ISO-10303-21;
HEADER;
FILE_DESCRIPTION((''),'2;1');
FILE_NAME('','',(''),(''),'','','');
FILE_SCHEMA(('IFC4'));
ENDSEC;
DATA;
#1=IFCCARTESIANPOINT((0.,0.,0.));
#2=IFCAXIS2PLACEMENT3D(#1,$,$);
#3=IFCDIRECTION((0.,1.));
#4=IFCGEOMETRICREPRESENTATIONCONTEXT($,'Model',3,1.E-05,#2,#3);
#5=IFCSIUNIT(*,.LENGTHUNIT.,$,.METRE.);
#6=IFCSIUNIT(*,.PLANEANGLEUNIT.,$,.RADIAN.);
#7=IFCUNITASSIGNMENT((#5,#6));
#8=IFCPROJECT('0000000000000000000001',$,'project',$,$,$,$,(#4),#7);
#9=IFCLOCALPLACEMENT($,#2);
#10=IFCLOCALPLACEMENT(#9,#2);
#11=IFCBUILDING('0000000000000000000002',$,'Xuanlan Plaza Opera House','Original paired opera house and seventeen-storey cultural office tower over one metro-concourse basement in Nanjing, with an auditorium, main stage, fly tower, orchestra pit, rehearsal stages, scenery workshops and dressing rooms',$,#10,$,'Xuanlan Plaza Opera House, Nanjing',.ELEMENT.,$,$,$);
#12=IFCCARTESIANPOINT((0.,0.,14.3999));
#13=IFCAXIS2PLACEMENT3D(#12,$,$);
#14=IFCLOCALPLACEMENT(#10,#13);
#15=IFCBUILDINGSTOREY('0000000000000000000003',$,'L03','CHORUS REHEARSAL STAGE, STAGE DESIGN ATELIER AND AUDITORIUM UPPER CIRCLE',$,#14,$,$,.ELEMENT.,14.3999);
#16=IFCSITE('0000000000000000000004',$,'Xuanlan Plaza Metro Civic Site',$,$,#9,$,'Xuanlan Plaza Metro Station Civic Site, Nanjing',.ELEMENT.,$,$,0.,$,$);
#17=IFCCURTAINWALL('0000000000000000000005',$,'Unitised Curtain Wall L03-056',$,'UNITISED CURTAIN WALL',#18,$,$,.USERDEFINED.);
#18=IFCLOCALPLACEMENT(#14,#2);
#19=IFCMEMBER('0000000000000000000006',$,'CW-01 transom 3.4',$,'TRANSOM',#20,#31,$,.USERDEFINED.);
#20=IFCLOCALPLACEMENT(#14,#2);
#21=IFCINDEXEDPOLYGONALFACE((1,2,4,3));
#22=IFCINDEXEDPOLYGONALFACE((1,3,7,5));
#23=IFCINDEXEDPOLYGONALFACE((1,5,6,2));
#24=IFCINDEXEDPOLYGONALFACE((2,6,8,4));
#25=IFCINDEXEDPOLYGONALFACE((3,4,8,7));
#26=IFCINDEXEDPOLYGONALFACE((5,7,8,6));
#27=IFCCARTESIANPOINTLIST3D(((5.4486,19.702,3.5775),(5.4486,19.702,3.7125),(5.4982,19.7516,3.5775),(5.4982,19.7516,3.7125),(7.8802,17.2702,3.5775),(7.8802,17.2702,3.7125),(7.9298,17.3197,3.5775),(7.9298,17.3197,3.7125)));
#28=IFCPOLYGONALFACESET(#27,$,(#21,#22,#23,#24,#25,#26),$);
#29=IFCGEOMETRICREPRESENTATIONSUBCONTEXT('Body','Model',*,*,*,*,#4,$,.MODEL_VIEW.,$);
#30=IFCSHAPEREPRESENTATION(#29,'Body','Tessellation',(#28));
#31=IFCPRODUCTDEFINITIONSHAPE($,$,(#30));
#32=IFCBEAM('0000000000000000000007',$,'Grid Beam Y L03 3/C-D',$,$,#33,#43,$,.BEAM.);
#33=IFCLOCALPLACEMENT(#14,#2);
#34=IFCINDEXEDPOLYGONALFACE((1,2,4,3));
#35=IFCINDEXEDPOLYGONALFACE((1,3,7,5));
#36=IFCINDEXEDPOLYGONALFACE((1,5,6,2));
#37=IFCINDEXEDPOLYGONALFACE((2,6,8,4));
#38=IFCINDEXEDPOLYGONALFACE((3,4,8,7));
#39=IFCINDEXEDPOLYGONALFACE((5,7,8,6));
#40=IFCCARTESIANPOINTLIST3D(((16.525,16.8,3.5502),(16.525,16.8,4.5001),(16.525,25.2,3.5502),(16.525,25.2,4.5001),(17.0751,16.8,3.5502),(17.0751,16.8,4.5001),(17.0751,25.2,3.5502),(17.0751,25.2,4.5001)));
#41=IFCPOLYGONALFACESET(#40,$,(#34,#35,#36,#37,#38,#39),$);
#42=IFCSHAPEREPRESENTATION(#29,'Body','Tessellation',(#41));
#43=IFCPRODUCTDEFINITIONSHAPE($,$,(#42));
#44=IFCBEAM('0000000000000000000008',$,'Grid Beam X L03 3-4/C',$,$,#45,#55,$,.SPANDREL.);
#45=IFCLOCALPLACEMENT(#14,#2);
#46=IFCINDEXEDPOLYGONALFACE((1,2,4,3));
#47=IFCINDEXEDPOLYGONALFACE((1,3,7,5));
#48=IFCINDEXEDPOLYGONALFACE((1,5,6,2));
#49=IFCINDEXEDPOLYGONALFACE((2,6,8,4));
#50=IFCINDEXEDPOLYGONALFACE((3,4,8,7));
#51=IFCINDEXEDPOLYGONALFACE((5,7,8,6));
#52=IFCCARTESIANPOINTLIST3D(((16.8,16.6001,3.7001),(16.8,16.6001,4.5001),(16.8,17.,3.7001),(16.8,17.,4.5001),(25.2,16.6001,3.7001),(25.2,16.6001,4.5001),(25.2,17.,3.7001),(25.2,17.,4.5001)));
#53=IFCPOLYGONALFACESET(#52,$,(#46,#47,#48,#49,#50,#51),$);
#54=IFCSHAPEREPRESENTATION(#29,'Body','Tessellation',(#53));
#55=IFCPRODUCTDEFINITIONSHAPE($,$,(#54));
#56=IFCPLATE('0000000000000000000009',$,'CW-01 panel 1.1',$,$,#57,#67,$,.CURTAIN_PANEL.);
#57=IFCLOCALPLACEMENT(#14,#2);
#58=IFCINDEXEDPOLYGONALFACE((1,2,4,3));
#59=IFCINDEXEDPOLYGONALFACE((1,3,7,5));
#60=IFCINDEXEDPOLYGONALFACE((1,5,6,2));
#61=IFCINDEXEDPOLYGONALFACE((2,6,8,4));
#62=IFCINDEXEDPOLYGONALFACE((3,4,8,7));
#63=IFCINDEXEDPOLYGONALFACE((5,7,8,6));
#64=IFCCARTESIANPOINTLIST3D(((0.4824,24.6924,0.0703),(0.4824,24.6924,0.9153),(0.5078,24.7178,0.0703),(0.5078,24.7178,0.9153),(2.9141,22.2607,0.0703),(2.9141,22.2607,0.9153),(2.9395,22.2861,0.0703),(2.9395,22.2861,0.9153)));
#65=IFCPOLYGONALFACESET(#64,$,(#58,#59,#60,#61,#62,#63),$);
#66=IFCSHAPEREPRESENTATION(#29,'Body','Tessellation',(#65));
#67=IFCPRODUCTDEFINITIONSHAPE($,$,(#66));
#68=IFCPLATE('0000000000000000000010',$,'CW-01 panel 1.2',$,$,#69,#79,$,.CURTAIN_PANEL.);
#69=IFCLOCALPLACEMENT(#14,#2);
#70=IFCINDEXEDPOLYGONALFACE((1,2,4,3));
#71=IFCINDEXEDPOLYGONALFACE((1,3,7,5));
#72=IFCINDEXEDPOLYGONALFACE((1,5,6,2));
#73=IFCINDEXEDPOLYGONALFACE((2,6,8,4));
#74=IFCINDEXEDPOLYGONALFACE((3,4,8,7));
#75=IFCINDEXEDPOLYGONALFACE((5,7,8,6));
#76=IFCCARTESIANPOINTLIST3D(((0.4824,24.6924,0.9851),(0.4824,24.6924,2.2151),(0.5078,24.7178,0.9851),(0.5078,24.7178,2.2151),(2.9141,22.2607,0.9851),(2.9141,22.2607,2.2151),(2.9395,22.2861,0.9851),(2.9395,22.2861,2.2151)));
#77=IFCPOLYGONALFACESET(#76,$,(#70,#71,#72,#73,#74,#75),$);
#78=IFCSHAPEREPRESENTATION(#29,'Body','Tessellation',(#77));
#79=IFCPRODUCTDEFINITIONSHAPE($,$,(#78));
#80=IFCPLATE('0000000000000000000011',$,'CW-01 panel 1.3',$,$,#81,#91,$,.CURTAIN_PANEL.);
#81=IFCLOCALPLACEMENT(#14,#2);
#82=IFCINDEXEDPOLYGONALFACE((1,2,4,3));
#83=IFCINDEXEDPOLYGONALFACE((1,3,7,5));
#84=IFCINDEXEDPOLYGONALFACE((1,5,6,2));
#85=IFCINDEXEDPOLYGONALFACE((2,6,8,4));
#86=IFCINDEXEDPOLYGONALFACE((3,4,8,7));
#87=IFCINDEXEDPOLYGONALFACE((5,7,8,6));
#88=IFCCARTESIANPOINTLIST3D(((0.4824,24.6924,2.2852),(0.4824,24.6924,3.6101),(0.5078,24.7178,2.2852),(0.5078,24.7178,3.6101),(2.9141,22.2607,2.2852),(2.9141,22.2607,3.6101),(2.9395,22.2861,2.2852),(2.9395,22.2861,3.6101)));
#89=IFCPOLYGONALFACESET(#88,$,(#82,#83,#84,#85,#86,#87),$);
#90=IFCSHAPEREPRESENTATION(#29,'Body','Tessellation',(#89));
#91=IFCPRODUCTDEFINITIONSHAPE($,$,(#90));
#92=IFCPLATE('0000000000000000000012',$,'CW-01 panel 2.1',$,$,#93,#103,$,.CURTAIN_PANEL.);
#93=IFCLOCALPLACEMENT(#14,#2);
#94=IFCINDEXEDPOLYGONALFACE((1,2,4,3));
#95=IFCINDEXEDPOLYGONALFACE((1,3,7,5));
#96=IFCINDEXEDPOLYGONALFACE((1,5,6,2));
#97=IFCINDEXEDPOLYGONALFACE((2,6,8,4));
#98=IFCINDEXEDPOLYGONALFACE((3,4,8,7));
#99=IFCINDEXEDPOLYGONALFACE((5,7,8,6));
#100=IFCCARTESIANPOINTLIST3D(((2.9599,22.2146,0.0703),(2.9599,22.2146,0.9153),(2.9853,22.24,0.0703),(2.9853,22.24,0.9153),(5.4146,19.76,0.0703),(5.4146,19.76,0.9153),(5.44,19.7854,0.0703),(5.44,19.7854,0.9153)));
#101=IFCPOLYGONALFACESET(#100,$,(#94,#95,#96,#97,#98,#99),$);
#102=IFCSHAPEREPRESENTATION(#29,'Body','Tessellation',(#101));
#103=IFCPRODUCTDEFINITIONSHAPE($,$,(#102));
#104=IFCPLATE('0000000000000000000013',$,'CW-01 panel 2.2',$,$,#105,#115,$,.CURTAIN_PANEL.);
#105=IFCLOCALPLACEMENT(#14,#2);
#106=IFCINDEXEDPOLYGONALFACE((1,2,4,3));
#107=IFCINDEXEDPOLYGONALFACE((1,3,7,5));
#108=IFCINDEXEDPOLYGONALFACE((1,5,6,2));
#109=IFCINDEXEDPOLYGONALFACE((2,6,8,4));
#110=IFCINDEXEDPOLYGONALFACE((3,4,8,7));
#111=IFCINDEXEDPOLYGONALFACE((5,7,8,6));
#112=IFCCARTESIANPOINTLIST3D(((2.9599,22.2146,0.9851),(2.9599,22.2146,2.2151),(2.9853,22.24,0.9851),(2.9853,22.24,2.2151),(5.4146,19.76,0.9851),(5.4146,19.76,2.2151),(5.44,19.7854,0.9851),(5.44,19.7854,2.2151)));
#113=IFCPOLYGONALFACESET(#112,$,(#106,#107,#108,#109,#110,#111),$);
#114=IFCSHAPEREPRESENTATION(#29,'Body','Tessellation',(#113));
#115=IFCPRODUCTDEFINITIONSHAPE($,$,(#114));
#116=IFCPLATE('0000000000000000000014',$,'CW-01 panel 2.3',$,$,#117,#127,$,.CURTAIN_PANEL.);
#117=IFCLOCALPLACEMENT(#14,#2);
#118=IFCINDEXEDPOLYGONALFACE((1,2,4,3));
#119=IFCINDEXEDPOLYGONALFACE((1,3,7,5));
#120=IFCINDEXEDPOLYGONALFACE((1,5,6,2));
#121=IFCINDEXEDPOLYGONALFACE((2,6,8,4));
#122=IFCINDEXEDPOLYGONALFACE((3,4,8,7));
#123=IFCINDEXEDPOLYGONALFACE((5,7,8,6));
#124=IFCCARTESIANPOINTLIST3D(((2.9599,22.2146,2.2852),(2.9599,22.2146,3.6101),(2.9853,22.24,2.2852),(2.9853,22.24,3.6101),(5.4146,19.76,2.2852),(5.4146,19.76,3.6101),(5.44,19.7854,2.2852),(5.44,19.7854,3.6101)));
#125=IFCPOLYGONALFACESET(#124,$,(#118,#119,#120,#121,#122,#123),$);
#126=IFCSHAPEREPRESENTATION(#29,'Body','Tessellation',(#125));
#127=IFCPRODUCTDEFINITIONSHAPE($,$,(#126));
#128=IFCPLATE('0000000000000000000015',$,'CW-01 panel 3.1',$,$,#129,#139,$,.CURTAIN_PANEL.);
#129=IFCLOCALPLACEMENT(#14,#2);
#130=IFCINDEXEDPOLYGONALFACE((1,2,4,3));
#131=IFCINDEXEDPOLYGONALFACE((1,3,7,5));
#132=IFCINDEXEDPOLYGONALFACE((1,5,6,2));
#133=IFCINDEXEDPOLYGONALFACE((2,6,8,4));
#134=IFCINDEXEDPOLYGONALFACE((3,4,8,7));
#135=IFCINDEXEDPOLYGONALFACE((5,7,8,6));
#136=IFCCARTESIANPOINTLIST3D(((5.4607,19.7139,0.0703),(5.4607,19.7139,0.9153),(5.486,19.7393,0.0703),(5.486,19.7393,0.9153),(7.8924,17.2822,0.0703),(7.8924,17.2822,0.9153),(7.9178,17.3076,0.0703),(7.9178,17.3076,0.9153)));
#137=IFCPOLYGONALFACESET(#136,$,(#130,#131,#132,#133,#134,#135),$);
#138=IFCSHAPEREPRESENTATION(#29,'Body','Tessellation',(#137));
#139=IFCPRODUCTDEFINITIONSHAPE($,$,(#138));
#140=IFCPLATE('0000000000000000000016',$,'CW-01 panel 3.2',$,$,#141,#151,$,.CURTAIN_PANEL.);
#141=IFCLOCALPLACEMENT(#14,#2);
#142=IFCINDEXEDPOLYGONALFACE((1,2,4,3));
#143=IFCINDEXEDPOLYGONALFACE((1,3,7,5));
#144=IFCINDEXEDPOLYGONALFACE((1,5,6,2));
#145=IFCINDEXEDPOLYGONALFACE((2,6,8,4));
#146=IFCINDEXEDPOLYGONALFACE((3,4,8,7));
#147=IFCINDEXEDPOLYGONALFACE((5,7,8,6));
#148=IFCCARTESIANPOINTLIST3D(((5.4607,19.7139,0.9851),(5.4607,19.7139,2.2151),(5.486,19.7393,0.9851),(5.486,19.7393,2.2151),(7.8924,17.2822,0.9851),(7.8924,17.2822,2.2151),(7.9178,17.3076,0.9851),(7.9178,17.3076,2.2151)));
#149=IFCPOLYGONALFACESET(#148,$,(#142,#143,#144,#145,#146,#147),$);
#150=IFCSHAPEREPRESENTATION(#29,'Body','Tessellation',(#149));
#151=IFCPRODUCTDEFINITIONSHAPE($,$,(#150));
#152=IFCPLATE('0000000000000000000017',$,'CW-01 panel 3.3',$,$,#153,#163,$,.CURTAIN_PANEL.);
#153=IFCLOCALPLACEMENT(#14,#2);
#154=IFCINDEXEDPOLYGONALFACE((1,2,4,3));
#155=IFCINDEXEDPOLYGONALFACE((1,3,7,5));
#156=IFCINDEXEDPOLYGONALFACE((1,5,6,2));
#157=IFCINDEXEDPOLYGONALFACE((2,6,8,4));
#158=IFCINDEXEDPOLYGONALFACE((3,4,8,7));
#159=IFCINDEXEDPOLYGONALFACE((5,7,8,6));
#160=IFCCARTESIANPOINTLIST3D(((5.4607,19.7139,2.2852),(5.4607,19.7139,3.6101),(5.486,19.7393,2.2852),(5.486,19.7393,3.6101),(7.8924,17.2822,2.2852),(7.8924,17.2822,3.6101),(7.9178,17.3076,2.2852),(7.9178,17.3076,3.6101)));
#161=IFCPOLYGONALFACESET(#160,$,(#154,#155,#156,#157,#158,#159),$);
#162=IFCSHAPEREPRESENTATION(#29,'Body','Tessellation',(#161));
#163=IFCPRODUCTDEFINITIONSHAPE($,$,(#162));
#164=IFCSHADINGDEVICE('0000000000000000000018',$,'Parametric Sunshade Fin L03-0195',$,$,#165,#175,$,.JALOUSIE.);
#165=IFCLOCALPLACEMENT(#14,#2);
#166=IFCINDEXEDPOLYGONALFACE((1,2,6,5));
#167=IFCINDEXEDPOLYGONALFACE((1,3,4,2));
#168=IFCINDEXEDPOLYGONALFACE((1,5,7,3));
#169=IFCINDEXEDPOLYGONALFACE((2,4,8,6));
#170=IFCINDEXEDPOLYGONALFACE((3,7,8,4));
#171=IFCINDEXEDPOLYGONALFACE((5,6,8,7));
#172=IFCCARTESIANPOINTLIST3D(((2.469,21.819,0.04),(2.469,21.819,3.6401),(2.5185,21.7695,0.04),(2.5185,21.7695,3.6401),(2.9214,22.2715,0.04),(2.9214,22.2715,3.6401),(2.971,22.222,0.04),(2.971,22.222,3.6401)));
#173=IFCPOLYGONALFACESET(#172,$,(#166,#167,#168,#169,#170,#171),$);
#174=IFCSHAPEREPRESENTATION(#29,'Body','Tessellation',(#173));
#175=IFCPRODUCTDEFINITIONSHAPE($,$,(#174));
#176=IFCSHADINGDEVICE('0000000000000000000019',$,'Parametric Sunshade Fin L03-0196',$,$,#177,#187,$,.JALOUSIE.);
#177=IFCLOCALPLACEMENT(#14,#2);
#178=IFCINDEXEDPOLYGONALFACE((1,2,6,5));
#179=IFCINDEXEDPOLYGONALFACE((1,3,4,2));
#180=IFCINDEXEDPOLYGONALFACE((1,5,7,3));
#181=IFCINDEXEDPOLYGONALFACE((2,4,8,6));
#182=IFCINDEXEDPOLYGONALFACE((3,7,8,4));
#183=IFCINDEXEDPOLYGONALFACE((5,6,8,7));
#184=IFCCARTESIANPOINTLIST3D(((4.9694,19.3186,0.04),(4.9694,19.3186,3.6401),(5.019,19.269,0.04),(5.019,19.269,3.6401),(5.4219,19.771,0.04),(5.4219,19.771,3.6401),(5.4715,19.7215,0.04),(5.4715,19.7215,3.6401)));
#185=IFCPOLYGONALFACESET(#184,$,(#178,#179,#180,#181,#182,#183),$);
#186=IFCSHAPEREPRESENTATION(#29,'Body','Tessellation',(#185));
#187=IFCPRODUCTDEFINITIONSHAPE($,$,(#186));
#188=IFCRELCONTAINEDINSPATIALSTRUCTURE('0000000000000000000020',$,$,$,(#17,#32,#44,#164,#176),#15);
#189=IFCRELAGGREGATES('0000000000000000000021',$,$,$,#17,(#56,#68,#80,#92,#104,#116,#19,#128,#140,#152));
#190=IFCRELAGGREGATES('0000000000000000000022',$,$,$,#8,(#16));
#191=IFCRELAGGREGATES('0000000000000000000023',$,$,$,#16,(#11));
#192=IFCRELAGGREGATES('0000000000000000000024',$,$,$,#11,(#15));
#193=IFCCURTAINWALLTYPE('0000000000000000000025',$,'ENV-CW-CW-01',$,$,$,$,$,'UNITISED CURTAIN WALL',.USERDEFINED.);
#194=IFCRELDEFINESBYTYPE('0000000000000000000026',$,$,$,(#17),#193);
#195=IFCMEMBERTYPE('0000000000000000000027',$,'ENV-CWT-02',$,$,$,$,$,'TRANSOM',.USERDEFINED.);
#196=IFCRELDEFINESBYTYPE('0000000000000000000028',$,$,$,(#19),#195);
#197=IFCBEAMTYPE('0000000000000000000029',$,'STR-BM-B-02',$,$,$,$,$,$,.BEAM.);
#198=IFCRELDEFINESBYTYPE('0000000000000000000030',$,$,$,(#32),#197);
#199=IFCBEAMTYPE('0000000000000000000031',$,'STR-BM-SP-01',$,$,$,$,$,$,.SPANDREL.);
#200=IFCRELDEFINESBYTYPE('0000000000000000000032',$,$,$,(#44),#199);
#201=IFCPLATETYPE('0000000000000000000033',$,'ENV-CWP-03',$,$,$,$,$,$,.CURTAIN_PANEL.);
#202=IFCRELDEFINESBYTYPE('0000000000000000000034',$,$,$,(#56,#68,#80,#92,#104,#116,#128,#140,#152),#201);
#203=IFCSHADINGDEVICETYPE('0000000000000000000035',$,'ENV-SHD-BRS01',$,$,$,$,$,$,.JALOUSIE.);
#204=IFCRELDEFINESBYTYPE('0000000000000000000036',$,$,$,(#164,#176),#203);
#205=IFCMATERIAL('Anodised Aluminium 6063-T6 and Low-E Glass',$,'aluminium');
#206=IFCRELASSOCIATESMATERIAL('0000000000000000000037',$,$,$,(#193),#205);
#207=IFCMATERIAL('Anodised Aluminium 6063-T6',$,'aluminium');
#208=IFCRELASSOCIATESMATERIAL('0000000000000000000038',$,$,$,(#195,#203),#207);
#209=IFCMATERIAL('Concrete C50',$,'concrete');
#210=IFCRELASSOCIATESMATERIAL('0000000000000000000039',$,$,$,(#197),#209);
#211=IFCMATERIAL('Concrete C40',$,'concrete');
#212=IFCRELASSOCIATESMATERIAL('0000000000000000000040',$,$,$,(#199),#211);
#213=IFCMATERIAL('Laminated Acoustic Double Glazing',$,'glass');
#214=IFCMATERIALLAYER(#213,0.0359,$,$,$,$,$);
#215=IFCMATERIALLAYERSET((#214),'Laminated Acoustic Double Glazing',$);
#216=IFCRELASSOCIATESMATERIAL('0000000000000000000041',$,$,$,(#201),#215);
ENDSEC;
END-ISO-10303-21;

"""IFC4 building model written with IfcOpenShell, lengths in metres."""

from ifc_helpers import new_model, si_unit, direction, frame, origin, origin_2d, place, context, subcontext, project, spatial, rectangle, extrude, material, layer, layer_set, material_profile, profile_set, type_object, element, aggregate, save


model = new_model("IFC4")

# Units and contexts
model_context = context("Model", 3, precision=1e-05, world=origin(), true_north=direction((0.0, 1.0)))
body_context = subcontext(model_context, "Body", "Model", "MODEL_VIEW")
ifc_project = project(units=[si_unit("LENGTHUNIT", "METRE"), si_unit("PLANEANGLEUNIT", "RADIAN")], contexts=[model_context])

# Site, building, storey
site_placement = place(None, origin())
site = spatial("IfcSite", under=ifc_project, at=site_placement, Name="Xuanlan Plaza Metro Civic Site", LongName="Xuanlan Plaza Metro Station Civic Site, Nanjing", CompositionType="ELEMENT", RefElevation=0.0)
building_placement = place(site_placement, origin())
building = spatial("IfcBuilding", under=site, at=building_placement, Name="Xuanlan Plaza Opera House", Description="Original paired opera house and seventeen-storey cultural office tower over one metro-concourse basement in Nanjing, with an auditorium, main stage, fly tower, orchestra pit, rehearsal stages, scenery workshops and dressing rooms", LongName="Xuanlan Plaza Opera House, Nanjing", CompositionType="ELEMENT")
storey_placement = place(building_placement, frame((0.0, 0.0, 14.3999)))
storey = spatial("IfcBuildingStorey", under=building, at=storey_placement, Name="L03", Description="CHORUS REHEARSAL STAGE, STAGE DESIGN ATELIER AND AUDITORIUM UPPER CIRCLE", CompositionType="ELEMENT", Elevation=14.3999)

# Curtain wall, member
ifc_material_1 = material(Name="Anodised Aluminium 6063-T6 and Low-E Glass", Category="aluminium")
curtain_wall_type = type_object("IfcCurtainWallType", Name="ENV-CW-CW-01", ElementType="UNITISED CURTAIN WALL", PredefinedType="USERDEFINED", material=ifc_material_1)
curtain_wall_placement = place(storey_placement, origin())
curtain_wall = element("IfcCurtainWall", 1, at=curtain_wall_placement, inside=storey, type_object=curtain_wall_type, Name="Unitised Curtain Wall L03-056", ObjectType="UNITISED CURTAIN WALL", PredefinedType="USERDEFINED")
ifc_material_2 = material(Name="Anodised Aluminium 6063-T6", Category="aluminium")
ifc_material_profile_1 = material_profile(ifc_material_2, rectangle(XDim=0.0701, YDim=0.135, at=origin_2d()), Name="ALU-T 70x135")
ifc_profile_set_1 = profile_set([ifc_material_profile_1], Name="Anodised Aluminium 6063-T6")
member_type_1 = type_object("IfcMemberType", Name="ENV-CWT-02", ElementType="TRANSOM", PredefinedType="USERDEFINED", material=ifc_profile_set_1)
member_1_placement = place(storey_placement, frame((5.4734, 19.7268, 3.645), z_axis=(0.707071, -0.707142, 0.0), x_axis=(0.707142, 0.707071, 0.0)))
member_1 = element("IfcMember", 2, at=member_1_placement, type_object=member_type_1, Name="CW-01 transom 3.4", ObjectType="TRANSOM", PredefinedType="USERDEFINED", context=body_context, shape_type="SweptSolid", body=[
    extrude(rectangle(XDim=0.0701, YDim=0.135, at=origin_2d()), origin(), (0.0, 0.0, 1.0), 3.439),
])

# Beams
ifc_material_3 = material(Name="Concrete C50", Category="concrete")
ifc_material_profile_2 = material_profile(ifc_material_3, rectangle(XDim=0.55, YDim=0.95, at=origin_2d()), Name="RC-BM 550x950")
ifc_profile_set_2 = profile_set([ifc_material_profile_2], Name="Concrete C50")
beam_type_1 = type_object("IfcBeamType", Name="STR-BM-B-02", PredefinedType="BEAM", material=ifc_profile_set_2)
beam_1_placement = place(storey_placement, frame((16.8, 16.8, 4.0251), z_axis=(0.0, 1.0, 0.0), x_axis=(-1.0, 0.0, 0.0)))
element("IfcBeam", 3, at=beam_1_placement, inside=storey, type_object=beam_type_1, Name="Grid Beam Y L03 3/C-D", PredefinedType="BEAM", context=body_context, shape_type="SweptSolid", body=[
    extrude(rectangle(XDim=0.55, YDim=0.95, at=origin_2d()), origin(), (0.0, 0.0, 1.0), 8.3999),
])
ifc_material_4 = material(Name="Concrete C40", Category="concrete")
ifc_material_profile_3 = material_profile(ifc_material_4, rectangle(XDim=0.3999, YDim=0.8, at=origin_2d()), Name="RC-SPD 400x800")
ifc_profile_set_3 = profile_set([ifc_material_profile_3], Name="Concrete C40")
beam_type_2 = type_object("IfcBeamType", Name="STR-BM-SP-01", PredefinedType="SPANDREL", material=ifc_profile_set_3)
beam_2_placement = place(storey_placement, frame((16.8, 16.8, 4.1001), z_axis=(1.0, 0.0, 0.0), x_axis=(0.0, 1.0, 0.0)))
element("IfcBeam", 4, at=beam_2_placement, inside=storey, type_object=beam_type_2, Name="Grid Beam X L03 3-4/C", PredefinedType="SPANDREL", context=body_context, shape_type="SweptSolid", body=[
    extrude(rectangle(XDim=0.3999, YDim=0.8, at=origin_2d()), origin(), (0.0, 0.0, 1.0), 8.3999),
])

# Plates
ifc_material_5 = material(Name="Laminated Acoustic Double Glazing", Category="glass")
ifc_layer = layer(ifc_material_5, 0.0359)
ifc_layer_set = layer_set([ifc_layer], Name="Laminated Acoustic Double Glazing")
plate_type = type_object("IfcPlateType", Name="ENV-CWP-03", PredefinedType="CURTAIN_PANEL", material=ifc_layer_set)
plate_1_placement = place(storey_placement, frame((1.7109, 23.4893, 0.0703), z_axis=(0.0, 0.0, 1.0), x_axis=(0.707107, -0.707107, 0.0)))
plate_1 = element("IfcPlate", 5, at=plate_1_placement, type_object=plate_type, Name="CW-01 panel 1.1", PredefinedType="CURTAIN_PANEL", context=body_context, shape_type="SweptSolid", body=[
    extrude(rectangle(XDim=3.439, YDim=0.0359, at=origin_2d()), origin(), (0.0, 0.0, 1.0), 0.845),
])
plate_2_placement = place(storey_placement, frame((1.7109, 23.4893, 0.9851), z_axis=(0.0, 0.0, 1.0), x_axis=(0.707107, -0.707107, 0.0)))
plate_2 = element("IfcPlate", 6, at=plate_2_placement, type_object=plate_type, Name="CW-01 panel 1.2", PredefinedType="CURTAIN_PANEL", context=body_context, shape_type="SweptSolid", body=[
    extrude(rectangle(XDim=3.439, YDim=0.0359, at=origin_2d()), origin(), (0.0, 0.0, 1.0), 1.23),
])
plate_3_placement = place(storey_placement, frame((1.7109, 23.4893, 2.2852), z_axis=(0.0, 0.0, 1.0), x_axis=(0.707107, -0.707107, 0.0)))
plate_3 = element("IfcPlate", 7, at=plate_3_placement, type_object=plate_type, Name="CW-01 panel 1.3", PredefinedType="CURTAIN_PANEL", context=body_context, shape_type="SweptSolid", body=[
    extrude(rectangle(XDim=3.439, YDim=0.0359, at=origin_2d()), origin(), (0.0, 0.0, 1.0), 1.325),
])
plate_4_placement = place(storey_placement, frame((4.2, 21.0, 0.0703), z_axis=(0.0, 0.0, 1.0), x_axis=(0.707107, -0.707107, 0.0)))
plate_4 = element("IfcPlate", 8, at=plate_4_placement, type_object=plate_type, Name="CW-01 panel 2.1", PredefinedType="CURTAIN_PANEL", context=body_context, shape_type="SweptSolid", body=[
    extrude(rectangle(XDim=3.4714, YDim=0.0359, at=origin_2d()), origin(), (0.0, 0.0, 1.0), 0.845),
])
plate_5_placement = place(storey_placement, frame((4.2, 21.0, 0.9851), z_axis=(0.0, 0.0, 1.0), x_axis=(0.707107, -0.707107, 0.0)))
plate_5 = element("IfcPlate", 9, at=plate_5_placement, type_object=plate_type, Name="CW-01 panel 2.2", PredefinedType="CURTAIN_PANEL", context=body_context, shape_type="SweptSolid", body=[
    extrude(rectangle(XDim=3.4714, YDim=0.0359, at=origin_2d()), origin(), (0.0, 0.0, 1.0), 1.23),
])
plate_6_placement = place(storey_placement, frame((4.2, 21.0, 2.2852), z_axis=(0.0, 0.0, 1.0), x_axis=(0.707107, -0.707107, 0.0)))
plate_6 = element("IfcPlate", 10, at=plate_6_placement, type_object=plate_type, Name="CW-01 panel 2.3", PredefinedType="CURTAIN_PANEL", context=body_context, shape_type="SweptSolid", body=[
    extrude(rectangle(XDim=3.4714, YDim=0.0359, at=origin_2d()), origin(), (0.0, 0.0, 1.0), 1.325),
])
plate_7_placement = place(storey_placement, frame((6.6892, 18.5107, 0.0703), z_axis=(0.0, 0.0, 1.0), x_axis=(0.707107, -0.707107, 0.0)))
plate_7 = element("IfcPlate", 11, at=plate_7_placement, type_object=plate_type, Name="CW-01 panel 3.1", PredefinedType="CURTAIN_PANEL", context=body_context, shape_type="SweptSolid", body=[
    extrude(rectangle(XDim=3.439, YDim=0.0359, at=origin_2d()), origin(), (0.0, 0.0, 1.0), 0.845),
])
plate_8_placement = place(storey_placement, frame((6.6892, 18.5107, 0.9851), z_axis=(0.0, 0.0, 1.0), x_axis=(0.707107, -0.707107, 0.0)))
plate_8 = element("IfcPlate", 12, at=plate_8_placement, type_object=plate_type, Name="CW-01 panel 3.2", PredefinedType="CURTAIN_PANEL", context=body_context, shape_type="SweptSolid", body=[
    extrude(rectangle(XDim=3.439, YDim=0.0359, at=origin_2d()), origin(), (0.0, 0.0, 1.0), 1.23),
])
plate_9_placement = place(storey_placement, frame((6.6892, 18.5107, 2.2852), z_axis=(0.0, 0.0, 1.0), x_axis=(0.707107, -0.707107, 0.0)))
plate_9 = element("IfcPlate", 13, at=plate_9_placement, type_object=plate_type, Name="CW-01 panel 3.3", PredefinedType="CURTAIN_PANEL", context=body_context, shape_type="SweptSolid", body=[
    extrude(rectangle(XDim=3.439, YDim=0.0359, at=origin_2d()), origin(), (0.0, 0.0, 1.0), 1.325),
])
aggregate(curtain_wall, [plate_1, plate_2, plate_3, plate_4, plate_5, plate_6, member_1, plate_7, plate_8, plate_9])

# Shading devices
shading_device_type = type_object("IfcShadingDeviceType", Name="ENV-SHD-BRS01", PredefinedType="JALOUSIE", material=ifc_material_2)
for number, where, z_axis, x_axis, name in (
    (14, (2.72, 22.0205, 0.04), (0.0, 0.0, 1.0), (-0.707107, -0.707107, 0.0), "Parametric Sunshade Fin L03-0195"),
    (15, (5.2205, 19.52, 0.04), (0.0, 0.0, 1.0), (-0.707107, -0.707107, 0.0), "Parametric Sunshade Fin L03-0196"),
):
    element("IfcShadingDevice", number, at=place(storey_placement, frame(where, z_axis=z_axis, x_axis=x_axis)), inside=storey, type_object=shading_device_type, Name=name, PredefinedType="JALOUSIE", context=body_context, shape_type="SweptSolid", body=[
        extrude(rectangle(XDim=0.6399, YDim=0.0701, at=origin_2d()), origin(), (0.0, 0.0, 1.0), 3.6001),
    ])

save(model, "model.ifc")
